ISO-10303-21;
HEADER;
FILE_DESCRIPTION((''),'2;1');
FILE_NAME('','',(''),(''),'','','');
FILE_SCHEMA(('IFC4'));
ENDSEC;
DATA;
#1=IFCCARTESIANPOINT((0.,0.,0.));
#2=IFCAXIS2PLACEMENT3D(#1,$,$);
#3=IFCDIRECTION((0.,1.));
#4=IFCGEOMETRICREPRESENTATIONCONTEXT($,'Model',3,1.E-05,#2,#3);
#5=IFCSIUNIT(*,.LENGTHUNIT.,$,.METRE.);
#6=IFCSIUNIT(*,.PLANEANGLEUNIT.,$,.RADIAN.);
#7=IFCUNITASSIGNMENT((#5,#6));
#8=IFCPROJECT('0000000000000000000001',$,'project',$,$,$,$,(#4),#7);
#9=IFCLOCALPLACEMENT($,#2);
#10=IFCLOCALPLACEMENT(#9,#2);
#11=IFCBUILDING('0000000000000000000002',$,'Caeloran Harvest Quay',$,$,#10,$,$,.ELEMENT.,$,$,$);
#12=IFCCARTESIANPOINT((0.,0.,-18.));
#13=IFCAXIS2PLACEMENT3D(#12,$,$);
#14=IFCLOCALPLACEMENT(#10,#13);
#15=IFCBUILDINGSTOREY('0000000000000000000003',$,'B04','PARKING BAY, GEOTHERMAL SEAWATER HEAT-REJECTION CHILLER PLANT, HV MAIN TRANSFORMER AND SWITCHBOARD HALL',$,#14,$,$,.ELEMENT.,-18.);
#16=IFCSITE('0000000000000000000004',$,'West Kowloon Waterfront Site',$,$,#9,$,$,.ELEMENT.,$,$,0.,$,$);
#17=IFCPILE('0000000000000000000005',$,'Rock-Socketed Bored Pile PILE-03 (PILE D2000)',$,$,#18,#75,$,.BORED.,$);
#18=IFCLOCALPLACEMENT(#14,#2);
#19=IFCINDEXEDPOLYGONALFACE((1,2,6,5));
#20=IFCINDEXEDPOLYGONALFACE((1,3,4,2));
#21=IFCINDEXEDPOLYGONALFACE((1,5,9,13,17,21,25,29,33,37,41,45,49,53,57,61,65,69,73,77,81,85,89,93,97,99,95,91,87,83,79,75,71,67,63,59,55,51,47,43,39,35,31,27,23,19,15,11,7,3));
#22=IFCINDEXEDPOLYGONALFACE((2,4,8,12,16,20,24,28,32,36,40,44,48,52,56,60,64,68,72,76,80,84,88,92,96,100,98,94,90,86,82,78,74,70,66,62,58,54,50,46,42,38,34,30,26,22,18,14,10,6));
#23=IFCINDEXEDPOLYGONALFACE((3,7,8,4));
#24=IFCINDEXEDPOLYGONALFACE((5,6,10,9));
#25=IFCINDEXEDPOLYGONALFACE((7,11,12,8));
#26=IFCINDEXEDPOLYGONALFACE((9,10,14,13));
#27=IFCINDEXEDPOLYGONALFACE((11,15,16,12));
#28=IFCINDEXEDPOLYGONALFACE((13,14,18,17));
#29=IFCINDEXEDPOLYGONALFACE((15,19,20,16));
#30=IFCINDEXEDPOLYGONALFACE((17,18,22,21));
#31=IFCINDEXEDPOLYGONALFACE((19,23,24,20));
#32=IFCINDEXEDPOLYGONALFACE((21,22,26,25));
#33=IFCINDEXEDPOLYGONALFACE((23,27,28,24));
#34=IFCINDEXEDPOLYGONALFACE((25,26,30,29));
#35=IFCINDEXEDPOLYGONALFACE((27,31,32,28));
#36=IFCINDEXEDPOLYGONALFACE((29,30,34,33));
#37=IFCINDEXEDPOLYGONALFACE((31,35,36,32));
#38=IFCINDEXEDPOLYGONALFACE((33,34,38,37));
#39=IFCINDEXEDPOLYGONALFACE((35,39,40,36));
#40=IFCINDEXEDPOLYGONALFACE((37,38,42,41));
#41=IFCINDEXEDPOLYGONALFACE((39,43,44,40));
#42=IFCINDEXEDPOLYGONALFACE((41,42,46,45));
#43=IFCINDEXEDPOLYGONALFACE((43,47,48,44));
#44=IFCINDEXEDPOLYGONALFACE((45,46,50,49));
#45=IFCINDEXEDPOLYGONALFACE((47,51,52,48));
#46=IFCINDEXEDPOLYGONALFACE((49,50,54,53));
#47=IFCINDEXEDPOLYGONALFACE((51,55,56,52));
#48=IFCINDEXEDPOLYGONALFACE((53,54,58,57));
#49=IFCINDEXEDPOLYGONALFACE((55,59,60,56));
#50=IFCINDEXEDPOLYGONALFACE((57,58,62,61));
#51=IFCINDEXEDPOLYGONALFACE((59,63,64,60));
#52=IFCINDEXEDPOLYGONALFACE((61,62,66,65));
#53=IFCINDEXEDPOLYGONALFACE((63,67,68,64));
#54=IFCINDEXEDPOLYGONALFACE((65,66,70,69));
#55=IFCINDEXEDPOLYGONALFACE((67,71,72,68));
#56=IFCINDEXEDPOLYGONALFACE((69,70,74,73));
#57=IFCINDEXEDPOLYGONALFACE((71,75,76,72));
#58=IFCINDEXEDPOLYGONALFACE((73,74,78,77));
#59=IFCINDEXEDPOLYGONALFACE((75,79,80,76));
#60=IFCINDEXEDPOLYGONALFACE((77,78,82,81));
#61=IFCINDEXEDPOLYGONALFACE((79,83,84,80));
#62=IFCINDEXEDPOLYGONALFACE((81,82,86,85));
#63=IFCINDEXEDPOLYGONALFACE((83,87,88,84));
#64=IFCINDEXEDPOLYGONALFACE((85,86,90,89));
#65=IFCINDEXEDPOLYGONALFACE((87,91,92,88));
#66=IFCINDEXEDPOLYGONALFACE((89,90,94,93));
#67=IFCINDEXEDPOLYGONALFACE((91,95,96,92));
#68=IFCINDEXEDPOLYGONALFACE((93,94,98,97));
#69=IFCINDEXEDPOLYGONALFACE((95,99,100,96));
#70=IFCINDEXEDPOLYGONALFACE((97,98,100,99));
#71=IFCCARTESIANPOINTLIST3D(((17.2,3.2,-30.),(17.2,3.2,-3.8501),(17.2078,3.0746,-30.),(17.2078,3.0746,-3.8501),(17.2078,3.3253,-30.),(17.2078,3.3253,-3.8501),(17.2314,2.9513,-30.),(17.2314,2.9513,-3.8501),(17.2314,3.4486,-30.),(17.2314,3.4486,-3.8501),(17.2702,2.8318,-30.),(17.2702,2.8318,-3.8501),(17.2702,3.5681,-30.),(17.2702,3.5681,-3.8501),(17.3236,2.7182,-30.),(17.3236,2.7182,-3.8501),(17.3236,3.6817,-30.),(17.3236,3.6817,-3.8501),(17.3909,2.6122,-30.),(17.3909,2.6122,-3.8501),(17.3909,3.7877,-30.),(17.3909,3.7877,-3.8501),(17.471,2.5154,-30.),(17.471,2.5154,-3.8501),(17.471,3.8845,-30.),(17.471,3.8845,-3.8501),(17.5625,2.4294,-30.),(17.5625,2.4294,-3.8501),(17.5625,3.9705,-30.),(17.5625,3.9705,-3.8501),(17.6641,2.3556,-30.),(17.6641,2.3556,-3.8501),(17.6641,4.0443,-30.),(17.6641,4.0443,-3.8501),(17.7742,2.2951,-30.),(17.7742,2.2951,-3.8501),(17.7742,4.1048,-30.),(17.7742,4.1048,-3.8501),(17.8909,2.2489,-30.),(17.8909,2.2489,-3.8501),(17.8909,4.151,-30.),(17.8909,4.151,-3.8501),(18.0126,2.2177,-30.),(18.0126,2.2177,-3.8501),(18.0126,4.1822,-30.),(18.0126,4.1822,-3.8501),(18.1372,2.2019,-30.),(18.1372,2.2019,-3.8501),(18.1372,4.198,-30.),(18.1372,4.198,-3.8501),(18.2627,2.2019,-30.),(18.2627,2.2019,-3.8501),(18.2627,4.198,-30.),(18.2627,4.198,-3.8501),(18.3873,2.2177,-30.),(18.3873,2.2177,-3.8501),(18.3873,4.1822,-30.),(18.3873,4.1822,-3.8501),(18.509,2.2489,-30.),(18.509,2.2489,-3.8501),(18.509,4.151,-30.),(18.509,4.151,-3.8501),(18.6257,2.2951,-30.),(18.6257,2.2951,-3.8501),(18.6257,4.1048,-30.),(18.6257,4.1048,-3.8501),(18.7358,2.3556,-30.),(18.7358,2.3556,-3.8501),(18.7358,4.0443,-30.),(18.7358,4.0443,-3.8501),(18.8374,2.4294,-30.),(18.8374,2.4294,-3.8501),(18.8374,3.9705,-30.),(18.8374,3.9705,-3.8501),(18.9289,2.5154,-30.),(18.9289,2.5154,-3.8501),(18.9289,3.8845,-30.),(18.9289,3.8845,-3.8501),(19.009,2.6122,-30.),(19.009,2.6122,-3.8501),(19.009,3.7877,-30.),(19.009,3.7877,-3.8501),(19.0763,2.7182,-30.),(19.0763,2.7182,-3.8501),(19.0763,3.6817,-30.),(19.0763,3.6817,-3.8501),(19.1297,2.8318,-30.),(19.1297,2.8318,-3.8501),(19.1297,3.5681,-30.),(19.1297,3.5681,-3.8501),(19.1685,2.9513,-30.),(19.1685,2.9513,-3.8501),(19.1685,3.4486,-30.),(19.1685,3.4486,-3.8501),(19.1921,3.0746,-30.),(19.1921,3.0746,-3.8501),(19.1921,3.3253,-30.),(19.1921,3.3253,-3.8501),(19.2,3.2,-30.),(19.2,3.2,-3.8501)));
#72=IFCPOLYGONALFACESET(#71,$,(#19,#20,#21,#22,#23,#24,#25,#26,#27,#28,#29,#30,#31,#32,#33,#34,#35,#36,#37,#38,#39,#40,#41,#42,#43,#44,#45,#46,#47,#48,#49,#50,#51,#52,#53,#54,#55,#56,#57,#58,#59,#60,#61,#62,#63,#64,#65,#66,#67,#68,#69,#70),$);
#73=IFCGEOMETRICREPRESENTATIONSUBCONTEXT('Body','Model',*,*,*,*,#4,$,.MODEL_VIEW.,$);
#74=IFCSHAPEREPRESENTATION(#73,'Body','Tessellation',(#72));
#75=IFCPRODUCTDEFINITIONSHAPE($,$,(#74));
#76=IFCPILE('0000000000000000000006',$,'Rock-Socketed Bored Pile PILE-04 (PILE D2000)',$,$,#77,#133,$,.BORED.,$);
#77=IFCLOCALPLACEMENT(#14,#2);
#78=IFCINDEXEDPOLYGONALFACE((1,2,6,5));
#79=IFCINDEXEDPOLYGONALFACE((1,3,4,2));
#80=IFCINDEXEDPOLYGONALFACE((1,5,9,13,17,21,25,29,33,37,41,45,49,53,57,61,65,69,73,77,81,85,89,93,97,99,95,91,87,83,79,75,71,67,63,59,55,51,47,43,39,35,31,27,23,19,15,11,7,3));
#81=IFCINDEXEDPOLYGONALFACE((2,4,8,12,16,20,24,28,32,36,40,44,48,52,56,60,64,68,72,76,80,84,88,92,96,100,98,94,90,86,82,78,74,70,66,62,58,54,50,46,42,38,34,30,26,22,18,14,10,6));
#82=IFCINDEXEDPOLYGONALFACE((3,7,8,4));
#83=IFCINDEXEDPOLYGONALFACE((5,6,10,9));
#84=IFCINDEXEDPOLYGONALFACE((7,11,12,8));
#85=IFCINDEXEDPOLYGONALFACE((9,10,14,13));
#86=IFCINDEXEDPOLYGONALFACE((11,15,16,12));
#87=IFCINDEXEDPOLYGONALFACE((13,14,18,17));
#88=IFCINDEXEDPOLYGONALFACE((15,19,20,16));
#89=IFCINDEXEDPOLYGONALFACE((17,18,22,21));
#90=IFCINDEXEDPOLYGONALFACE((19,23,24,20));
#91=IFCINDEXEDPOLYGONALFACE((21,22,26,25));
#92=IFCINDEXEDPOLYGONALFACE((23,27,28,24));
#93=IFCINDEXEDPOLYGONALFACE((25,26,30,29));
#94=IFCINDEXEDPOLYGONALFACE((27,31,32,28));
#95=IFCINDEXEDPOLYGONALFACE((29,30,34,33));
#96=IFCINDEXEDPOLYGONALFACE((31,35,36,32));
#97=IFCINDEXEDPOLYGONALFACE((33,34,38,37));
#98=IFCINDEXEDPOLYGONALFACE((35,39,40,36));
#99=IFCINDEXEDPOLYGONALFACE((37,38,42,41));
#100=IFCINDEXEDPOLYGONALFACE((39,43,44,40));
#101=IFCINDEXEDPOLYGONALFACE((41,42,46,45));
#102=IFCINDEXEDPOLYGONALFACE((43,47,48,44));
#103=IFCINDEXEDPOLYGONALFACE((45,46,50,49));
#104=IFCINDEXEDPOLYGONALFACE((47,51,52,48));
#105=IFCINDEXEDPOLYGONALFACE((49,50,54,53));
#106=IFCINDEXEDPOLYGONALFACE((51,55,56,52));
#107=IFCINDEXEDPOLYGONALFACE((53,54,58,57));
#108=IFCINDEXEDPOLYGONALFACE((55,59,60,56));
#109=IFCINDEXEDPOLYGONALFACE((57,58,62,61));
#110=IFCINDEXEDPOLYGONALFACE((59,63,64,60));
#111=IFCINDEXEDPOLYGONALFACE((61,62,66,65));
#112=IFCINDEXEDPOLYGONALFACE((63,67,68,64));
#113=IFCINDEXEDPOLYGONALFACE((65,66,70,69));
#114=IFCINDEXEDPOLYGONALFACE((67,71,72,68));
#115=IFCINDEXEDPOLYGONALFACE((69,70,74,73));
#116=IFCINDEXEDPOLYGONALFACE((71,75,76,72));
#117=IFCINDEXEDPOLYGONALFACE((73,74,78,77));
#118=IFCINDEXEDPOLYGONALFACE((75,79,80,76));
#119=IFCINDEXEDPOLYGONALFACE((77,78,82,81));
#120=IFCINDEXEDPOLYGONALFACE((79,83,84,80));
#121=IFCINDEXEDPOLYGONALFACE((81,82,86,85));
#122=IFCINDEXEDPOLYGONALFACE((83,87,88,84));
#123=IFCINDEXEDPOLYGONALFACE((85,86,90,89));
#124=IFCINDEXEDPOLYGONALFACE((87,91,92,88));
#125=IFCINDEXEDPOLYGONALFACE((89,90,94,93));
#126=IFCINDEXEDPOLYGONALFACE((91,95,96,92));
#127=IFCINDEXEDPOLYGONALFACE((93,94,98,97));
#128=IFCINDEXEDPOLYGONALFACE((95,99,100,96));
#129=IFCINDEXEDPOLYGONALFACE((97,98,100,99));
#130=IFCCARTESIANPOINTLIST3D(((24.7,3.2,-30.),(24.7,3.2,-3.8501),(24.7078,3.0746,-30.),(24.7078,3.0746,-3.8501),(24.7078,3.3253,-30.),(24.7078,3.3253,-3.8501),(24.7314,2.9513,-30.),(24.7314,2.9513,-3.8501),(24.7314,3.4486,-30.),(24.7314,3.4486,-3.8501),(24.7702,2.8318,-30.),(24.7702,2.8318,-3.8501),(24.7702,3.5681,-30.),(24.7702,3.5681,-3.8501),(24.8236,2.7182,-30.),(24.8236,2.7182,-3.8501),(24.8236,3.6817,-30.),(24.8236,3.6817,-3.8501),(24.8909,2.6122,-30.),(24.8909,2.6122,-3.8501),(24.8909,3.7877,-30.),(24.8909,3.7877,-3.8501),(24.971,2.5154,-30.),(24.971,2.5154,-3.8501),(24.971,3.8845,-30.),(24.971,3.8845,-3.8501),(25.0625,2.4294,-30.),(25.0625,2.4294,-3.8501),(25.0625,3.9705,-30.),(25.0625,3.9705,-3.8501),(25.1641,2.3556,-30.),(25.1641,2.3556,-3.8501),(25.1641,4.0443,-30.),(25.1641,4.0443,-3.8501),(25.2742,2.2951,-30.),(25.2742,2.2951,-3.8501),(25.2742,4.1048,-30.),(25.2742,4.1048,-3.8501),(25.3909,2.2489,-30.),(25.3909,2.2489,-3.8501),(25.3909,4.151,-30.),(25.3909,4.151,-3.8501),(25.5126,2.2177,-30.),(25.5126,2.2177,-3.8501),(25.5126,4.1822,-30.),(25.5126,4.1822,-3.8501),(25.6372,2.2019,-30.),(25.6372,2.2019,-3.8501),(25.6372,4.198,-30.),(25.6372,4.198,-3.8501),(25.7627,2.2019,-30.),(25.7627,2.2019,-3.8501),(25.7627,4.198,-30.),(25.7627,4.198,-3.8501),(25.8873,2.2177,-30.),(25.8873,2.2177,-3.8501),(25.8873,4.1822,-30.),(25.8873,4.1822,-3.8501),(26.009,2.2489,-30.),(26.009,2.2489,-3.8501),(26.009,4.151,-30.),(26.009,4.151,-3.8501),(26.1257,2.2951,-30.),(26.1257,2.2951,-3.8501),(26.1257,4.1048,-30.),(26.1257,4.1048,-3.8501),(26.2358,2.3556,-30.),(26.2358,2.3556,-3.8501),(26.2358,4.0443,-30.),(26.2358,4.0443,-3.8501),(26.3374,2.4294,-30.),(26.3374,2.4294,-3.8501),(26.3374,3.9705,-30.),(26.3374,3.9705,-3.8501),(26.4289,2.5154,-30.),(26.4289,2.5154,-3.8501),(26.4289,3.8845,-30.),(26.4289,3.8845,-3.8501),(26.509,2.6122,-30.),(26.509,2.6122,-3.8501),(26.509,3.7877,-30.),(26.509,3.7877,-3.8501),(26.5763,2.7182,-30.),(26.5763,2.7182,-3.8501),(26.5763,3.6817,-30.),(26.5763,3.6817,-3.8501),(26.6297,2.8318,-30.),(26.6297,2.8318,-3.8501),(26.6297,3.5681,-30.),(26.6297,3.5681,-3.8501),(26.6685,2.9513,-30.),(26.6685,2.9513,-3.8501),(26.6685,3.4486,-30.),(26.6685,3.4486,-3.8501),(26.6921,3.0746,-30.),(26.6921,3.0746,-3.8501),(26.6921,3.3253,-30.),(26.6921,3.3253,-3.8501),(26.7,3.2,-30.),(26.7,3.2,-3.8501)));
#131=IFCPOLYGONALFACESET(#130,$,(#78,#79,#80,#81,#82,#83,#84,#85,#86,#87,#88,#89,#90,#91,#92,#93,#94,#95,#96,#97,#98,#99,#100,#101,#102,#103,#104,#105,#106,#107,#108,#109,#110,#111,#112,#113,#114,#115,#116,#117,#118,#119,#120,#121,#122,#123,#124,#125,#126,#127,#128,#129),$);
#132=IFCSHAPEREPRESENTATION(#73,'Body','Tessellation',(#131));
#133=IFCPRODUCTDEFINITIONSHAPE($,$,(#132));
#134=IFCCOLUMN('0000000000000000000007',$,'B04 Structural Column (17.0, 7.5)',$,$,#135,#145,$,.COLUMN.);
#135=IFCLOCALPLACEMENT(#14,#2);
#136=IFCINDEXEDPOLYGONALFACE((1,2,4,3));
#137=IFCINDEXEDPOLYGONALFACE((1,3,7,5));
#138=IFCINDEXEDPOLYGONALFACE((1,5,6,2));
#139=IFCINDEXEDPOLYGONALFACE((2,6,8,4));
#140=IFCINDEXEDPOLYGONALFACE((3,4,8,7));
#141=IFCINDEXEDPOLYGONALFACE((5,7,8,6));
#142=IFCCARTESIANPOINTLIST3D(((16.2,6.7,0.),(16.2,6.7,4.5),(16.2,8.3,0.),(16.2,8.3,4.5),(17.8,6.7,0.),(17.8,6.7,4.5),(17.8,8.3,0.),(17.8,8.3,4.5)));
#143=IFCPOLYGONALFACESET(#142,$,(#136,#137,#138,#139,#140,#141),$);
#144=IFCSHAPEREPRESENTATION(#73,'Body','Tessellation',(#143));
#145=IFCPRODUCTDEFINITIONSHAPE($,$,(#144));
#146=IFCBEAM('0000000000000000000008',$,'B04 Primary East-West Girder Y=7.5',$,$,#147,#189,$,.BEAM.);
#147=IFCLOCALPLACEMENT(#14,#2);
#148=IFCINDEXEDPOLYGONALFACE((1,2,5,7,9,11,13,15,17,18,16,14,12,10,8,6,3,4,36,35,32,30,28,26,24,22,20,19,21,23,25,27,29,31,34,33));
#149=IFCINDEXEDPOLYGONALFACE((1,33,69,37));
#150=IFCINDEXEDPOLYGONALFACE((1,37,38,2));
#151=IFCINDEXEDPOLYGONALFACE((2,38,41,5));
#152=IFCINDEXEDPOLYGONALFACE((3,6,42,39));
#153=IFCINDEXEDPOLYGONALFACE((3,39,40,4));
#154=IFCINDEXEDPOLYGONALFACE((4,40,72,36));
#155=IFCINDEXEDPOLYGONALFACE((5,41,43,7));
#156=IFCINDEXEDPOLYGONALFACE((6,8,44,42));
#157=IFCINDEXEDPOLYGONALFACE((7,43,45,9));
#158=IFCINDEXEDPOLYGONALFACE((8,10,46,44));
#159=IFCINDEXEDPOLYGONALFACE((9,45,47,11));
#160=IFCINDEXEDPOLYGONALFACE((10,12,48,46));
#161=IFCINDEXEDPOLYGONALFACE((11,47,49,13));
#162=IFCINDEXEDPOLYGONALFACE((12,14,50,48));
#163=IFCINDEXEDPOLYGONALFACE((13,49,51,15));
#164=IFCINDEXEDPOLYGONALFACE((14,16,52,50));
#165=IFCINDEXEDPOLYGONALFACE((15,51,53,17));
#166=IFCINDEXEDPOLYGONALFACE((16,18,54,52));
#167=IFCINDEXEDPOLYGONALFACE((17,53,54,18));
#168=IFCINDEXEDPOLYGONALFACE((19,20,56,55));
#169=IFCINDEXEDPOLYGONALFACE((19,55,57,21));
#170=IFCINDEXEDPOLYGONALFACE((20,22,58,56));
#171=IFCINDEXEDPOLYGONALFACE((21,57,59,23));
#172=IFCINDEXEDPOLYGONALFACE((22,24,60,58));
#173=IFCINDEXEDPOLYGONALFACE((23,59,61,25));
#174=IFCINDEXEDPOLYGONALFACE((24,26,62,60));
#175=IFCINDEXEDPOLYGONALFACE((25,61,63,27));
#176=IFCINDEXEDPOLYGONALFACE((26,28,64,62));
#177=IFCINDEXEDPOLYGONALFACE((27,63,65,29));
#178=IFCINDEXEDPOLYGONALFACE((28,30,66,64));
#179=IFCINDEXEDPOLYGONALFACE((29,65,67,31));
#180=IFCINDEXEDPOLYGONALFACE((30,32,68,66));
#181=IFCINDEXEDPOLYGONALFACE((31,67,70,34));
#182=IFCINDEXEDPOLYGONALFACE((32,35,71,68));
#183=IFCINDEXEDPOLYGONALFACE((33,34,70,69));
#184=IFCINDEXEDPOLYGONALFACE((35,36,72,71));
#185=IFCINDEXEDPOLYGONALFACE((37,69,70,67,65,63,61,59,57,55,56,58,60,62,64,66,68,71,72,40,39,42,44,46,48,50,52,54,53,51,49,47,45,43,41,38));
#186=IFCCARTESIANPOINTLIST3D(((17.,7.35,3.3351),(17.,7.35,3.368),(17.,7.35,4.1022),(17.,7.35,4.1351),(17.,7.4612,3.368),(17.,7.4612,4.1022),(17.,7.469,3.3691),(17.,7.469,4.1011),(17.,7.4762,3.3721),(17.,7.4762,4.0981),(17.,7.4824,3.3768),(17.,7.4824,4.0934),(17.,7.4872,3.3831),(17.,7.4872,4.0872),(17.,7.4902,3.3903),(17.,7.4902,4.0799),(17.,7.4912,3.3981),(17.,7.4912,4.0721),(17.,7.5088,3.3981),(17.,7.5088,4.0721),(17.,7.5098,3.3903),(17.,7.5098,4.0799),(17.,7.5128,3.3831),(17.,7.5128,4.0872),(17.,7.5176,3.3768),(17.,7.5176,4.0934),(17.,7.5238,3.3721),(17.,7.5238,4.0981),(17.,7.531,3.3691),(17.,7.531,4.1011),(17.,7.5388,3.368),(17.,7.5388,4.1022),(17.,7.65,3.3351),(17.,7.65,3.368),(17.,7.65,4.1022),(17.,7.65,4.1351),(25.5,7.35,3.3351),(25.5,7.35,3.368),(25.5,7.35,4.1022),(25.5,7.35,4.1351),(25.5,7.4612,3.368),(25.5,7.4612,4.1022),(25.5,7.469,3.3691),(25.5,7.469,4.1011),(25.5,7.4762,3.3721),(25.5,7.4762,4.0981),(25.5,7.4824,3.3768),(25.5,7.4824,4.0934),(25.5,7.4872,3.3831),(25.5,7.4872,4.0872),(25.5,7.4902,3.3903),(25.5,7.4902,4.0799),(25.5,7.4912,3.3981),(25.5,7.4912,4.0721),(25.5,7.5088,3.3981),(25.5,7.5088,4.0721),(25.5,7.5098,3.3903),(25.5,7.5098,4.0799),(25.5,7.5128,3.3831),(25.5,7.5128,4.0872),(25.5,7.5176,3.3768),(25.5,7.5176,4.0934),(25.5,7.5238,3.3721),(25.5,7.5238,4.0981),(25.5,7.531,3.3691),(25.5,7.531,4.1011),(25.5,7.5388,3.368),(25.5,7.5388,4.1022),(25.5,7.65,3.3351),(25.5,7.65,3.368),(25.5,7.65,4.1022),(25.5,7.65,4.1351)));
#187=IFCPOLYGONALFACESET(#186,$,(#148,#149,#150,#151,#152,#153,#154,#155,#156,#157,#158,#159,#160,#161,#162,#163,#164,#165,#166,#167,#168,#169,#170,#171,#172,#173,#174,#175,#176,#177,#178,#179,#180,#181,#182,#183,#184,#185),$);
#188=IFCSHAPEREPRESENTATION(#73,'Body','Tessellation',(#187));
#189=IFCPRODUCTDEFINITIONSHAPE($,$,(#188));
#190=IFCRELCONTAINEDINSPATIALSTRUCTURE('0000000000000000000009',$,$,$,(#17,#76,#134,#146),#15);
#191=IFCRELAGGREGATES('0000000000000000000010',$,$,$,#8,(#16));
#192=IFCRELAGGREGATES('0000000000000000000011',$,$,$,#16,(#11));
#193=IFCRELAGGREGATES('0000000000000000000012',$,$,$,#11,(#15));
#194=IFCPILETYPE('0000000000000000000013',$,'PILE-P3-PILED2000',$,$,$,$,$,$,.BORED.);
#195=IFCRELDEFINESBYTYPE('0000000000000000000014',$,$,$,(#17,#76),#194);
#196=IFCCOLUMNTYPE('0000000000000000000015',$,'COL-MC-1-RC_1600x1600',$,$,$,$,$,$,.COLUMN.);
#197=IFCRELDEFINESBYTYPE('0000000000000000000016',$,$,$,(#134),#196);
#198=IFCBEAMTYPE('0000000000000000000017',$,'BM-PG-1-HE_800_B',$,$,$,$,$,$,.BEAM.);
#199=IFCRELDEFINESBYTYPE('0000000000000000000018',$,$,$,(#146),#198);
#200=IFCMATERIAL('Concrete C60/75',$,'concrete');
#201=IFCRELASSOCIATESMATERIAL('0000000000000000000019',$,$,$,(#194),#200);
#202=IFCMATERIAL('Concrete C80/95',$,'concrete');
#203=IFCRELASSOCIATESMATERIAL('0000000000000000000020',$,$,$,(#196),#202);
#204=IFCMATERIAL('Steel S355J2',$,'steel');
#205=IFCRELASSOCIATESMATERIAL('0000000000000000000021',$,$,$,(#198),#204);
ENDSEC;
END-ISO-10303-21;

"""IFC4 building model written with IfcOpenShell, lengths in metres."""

from ifc_helpers import new_model, si_unit, direction, frame, origin, origin_2d, place, context, subcontext, project, spatial, rectangle, circle, i_section, extrude, material, material_profile, profile_set, type_object, element, save


model = new_model("IFC4")

# Units and contexts
model_context = context("Model", 3, precision=1e-05, world=origin(), true_north=direction((0.0, 1.0)))
body_context = subcontext(model_context, "Body", "Model", "MODEL_VIEW")
ifc_project = project(units=[si_unit("LENGTHUNIT", "METRE"), si_unit("PLANEANGLEUNIT", "RADIAN")], contexts=[model_context])

# Site, building, storey
site_placement = place(None, origin())
site = spatial("IfcSite", under=ifc_project, at=site_placement, Name="West Kowloon Waterfront Site", CompositionType="ELEMENT", RefElevation=0.0)
building_placement = place(site_placement, origin())
building = spatial("IfcBuilding", under=site, at=building_placement, Name="Caeloran Harvest Quay", CompositionType="ELEMENT")
storey_placement = place(building_placement, frame((0.0, 0.0, -18.0)))
storey = spatial("IfcBuildingStorey", under=building, at=storey_placement, Name="B04", Description="PARKING BAY, GEOTHERMAL SEAWATER HEAT-REJECTION CHILLER PLANT, HV MAIN TRANSFORMER AND SWITCHBOARD HALL", CompositionType="ELEMENT", Elevation=-18.0)

# Piles
ifc_material_1 = material(Name="Concrete C60/75", Category="concrete")
ifc_material_profile_1 = material_profile(ifc_material_1, circle(Radius=1.0, at=origin_2d()), Name="PILE D2000")
ifc_profile_set_1 = profile_set([ifc_material_profile_1], Name="Concrete C60/75")
pile_type = type_object("IfcPileType", Name="PILE-P3-PILED2000", PredefinedType="BORED", material=ifc_profile_set_1)
for number, where, z_axis, x_axis, name in (
    (1, (18.2, 3.2, -3.8501), (0.0, 0.0, -1.0), (1.0, 0.0, 0.0), "Rock-Socketed Bored Pile PILE-03 (PILE D2000)"),
    (2, (25.7, 3.2, -3.8501), (0.0, 0.0, -1.0), (1.0, 0.0, 0.0), "Rock-Socketed Bored Pile PILE-04 (PILE D2000)"),
):
    element("IfcPile", number, at=place(storey_placement, frame(where, z_axis=z_axis, x_axis=x_axis)), inside=storey, type_object=pile_type, Name=name, PredefinedType="BORED", context=body_context, shape_type="SweptSolid", body=[
        extrude(circle(Radius=1.0, at=origin_2d()), origin(), (0.0, 0.0, 1.0), 26.1499),
    ])

# Column
ifc_material_2 = material(Name="Concrete C80/95", Category="concrete")
ifc_material_profile_2 = material_profile(ifc_material_2, rectangle(XDim=1.6001, YDim=1.6001, at=origin_2d()), Name="RC 1600x1600")
ifc_profile_set_2 = profile_set([ifc_material_profile_2], Name="Concrete C80/95")
column_type = type_object("IfcColumnType", Name="COL-MC-1-RC_1600x1600", PredefinedType="COLUMN", material=ifc_profile_set_2)
column_placement = place(storey_placement, frame((17.0, 7.5, 0.0), z_axis=(0.0, 0.0, 1.0), x_axis=(1.0, 0.0, 0.0)))
element("IfcColumn", 3, at=column_placement, inside=storey, type_object=column_type, Name="B04 Structural Column (17.0, 7.5)", PredefinedType="COLUMN", context=body_context, shape_type="SweptSolid", body=[
    extrude(rectangle(XDim=1.6001, YDim=1.6001, at=origin_2d()), origin(), (0.0, 0.0, 1.0), 4.5),
])

# Beam
ifc_material_3 = material(Name="Steel S355J2", Category="steel")
ifc_material_profile_3 = material_profile(ifc_material_3, i_section(OverallWidth=0.3, OverallDepth=0.8, WebThickness=0.0176, FlangeThickness=0.033, FilletRadius=0.03, at=origin_2d()), Name="HE 800 B")
ifc_profile_set_3 = profile_set([ifc_material_profile_3], Name="Steel S355J2")
beam_type_1 = type_object("IfcBeamType", Name="BM-PG-1-HE_800_B", PredefinedType="BEAM", material=ifc_profile_set_3)
beam_1_placement = place(storey_placement, frame((17.0, 7.5, 3.7351), z_axis=(1.0, 0.0, 0.0), x_axis=(0.0, 1.0, 0.0)))
element("IfcBeam", 4, at=beam_1_placement, inside=storey, type_object=beam_type_1, Name="B04 Primary East-West Girder Y=7.5", PredefinedType="BEAM", context=body_context, shape_type="SweptSolid", body=[
    extrude(i_section(OverallWidth=0.3, OverallDepth=0.8, WebThickness=0.0176, FlangeThickness=0.033, FilletRadius=0.03, at=origin_2d()), origin(), (0.0, 0.0, 1.0), 8.5),
])

save(model, "model.ifc")
